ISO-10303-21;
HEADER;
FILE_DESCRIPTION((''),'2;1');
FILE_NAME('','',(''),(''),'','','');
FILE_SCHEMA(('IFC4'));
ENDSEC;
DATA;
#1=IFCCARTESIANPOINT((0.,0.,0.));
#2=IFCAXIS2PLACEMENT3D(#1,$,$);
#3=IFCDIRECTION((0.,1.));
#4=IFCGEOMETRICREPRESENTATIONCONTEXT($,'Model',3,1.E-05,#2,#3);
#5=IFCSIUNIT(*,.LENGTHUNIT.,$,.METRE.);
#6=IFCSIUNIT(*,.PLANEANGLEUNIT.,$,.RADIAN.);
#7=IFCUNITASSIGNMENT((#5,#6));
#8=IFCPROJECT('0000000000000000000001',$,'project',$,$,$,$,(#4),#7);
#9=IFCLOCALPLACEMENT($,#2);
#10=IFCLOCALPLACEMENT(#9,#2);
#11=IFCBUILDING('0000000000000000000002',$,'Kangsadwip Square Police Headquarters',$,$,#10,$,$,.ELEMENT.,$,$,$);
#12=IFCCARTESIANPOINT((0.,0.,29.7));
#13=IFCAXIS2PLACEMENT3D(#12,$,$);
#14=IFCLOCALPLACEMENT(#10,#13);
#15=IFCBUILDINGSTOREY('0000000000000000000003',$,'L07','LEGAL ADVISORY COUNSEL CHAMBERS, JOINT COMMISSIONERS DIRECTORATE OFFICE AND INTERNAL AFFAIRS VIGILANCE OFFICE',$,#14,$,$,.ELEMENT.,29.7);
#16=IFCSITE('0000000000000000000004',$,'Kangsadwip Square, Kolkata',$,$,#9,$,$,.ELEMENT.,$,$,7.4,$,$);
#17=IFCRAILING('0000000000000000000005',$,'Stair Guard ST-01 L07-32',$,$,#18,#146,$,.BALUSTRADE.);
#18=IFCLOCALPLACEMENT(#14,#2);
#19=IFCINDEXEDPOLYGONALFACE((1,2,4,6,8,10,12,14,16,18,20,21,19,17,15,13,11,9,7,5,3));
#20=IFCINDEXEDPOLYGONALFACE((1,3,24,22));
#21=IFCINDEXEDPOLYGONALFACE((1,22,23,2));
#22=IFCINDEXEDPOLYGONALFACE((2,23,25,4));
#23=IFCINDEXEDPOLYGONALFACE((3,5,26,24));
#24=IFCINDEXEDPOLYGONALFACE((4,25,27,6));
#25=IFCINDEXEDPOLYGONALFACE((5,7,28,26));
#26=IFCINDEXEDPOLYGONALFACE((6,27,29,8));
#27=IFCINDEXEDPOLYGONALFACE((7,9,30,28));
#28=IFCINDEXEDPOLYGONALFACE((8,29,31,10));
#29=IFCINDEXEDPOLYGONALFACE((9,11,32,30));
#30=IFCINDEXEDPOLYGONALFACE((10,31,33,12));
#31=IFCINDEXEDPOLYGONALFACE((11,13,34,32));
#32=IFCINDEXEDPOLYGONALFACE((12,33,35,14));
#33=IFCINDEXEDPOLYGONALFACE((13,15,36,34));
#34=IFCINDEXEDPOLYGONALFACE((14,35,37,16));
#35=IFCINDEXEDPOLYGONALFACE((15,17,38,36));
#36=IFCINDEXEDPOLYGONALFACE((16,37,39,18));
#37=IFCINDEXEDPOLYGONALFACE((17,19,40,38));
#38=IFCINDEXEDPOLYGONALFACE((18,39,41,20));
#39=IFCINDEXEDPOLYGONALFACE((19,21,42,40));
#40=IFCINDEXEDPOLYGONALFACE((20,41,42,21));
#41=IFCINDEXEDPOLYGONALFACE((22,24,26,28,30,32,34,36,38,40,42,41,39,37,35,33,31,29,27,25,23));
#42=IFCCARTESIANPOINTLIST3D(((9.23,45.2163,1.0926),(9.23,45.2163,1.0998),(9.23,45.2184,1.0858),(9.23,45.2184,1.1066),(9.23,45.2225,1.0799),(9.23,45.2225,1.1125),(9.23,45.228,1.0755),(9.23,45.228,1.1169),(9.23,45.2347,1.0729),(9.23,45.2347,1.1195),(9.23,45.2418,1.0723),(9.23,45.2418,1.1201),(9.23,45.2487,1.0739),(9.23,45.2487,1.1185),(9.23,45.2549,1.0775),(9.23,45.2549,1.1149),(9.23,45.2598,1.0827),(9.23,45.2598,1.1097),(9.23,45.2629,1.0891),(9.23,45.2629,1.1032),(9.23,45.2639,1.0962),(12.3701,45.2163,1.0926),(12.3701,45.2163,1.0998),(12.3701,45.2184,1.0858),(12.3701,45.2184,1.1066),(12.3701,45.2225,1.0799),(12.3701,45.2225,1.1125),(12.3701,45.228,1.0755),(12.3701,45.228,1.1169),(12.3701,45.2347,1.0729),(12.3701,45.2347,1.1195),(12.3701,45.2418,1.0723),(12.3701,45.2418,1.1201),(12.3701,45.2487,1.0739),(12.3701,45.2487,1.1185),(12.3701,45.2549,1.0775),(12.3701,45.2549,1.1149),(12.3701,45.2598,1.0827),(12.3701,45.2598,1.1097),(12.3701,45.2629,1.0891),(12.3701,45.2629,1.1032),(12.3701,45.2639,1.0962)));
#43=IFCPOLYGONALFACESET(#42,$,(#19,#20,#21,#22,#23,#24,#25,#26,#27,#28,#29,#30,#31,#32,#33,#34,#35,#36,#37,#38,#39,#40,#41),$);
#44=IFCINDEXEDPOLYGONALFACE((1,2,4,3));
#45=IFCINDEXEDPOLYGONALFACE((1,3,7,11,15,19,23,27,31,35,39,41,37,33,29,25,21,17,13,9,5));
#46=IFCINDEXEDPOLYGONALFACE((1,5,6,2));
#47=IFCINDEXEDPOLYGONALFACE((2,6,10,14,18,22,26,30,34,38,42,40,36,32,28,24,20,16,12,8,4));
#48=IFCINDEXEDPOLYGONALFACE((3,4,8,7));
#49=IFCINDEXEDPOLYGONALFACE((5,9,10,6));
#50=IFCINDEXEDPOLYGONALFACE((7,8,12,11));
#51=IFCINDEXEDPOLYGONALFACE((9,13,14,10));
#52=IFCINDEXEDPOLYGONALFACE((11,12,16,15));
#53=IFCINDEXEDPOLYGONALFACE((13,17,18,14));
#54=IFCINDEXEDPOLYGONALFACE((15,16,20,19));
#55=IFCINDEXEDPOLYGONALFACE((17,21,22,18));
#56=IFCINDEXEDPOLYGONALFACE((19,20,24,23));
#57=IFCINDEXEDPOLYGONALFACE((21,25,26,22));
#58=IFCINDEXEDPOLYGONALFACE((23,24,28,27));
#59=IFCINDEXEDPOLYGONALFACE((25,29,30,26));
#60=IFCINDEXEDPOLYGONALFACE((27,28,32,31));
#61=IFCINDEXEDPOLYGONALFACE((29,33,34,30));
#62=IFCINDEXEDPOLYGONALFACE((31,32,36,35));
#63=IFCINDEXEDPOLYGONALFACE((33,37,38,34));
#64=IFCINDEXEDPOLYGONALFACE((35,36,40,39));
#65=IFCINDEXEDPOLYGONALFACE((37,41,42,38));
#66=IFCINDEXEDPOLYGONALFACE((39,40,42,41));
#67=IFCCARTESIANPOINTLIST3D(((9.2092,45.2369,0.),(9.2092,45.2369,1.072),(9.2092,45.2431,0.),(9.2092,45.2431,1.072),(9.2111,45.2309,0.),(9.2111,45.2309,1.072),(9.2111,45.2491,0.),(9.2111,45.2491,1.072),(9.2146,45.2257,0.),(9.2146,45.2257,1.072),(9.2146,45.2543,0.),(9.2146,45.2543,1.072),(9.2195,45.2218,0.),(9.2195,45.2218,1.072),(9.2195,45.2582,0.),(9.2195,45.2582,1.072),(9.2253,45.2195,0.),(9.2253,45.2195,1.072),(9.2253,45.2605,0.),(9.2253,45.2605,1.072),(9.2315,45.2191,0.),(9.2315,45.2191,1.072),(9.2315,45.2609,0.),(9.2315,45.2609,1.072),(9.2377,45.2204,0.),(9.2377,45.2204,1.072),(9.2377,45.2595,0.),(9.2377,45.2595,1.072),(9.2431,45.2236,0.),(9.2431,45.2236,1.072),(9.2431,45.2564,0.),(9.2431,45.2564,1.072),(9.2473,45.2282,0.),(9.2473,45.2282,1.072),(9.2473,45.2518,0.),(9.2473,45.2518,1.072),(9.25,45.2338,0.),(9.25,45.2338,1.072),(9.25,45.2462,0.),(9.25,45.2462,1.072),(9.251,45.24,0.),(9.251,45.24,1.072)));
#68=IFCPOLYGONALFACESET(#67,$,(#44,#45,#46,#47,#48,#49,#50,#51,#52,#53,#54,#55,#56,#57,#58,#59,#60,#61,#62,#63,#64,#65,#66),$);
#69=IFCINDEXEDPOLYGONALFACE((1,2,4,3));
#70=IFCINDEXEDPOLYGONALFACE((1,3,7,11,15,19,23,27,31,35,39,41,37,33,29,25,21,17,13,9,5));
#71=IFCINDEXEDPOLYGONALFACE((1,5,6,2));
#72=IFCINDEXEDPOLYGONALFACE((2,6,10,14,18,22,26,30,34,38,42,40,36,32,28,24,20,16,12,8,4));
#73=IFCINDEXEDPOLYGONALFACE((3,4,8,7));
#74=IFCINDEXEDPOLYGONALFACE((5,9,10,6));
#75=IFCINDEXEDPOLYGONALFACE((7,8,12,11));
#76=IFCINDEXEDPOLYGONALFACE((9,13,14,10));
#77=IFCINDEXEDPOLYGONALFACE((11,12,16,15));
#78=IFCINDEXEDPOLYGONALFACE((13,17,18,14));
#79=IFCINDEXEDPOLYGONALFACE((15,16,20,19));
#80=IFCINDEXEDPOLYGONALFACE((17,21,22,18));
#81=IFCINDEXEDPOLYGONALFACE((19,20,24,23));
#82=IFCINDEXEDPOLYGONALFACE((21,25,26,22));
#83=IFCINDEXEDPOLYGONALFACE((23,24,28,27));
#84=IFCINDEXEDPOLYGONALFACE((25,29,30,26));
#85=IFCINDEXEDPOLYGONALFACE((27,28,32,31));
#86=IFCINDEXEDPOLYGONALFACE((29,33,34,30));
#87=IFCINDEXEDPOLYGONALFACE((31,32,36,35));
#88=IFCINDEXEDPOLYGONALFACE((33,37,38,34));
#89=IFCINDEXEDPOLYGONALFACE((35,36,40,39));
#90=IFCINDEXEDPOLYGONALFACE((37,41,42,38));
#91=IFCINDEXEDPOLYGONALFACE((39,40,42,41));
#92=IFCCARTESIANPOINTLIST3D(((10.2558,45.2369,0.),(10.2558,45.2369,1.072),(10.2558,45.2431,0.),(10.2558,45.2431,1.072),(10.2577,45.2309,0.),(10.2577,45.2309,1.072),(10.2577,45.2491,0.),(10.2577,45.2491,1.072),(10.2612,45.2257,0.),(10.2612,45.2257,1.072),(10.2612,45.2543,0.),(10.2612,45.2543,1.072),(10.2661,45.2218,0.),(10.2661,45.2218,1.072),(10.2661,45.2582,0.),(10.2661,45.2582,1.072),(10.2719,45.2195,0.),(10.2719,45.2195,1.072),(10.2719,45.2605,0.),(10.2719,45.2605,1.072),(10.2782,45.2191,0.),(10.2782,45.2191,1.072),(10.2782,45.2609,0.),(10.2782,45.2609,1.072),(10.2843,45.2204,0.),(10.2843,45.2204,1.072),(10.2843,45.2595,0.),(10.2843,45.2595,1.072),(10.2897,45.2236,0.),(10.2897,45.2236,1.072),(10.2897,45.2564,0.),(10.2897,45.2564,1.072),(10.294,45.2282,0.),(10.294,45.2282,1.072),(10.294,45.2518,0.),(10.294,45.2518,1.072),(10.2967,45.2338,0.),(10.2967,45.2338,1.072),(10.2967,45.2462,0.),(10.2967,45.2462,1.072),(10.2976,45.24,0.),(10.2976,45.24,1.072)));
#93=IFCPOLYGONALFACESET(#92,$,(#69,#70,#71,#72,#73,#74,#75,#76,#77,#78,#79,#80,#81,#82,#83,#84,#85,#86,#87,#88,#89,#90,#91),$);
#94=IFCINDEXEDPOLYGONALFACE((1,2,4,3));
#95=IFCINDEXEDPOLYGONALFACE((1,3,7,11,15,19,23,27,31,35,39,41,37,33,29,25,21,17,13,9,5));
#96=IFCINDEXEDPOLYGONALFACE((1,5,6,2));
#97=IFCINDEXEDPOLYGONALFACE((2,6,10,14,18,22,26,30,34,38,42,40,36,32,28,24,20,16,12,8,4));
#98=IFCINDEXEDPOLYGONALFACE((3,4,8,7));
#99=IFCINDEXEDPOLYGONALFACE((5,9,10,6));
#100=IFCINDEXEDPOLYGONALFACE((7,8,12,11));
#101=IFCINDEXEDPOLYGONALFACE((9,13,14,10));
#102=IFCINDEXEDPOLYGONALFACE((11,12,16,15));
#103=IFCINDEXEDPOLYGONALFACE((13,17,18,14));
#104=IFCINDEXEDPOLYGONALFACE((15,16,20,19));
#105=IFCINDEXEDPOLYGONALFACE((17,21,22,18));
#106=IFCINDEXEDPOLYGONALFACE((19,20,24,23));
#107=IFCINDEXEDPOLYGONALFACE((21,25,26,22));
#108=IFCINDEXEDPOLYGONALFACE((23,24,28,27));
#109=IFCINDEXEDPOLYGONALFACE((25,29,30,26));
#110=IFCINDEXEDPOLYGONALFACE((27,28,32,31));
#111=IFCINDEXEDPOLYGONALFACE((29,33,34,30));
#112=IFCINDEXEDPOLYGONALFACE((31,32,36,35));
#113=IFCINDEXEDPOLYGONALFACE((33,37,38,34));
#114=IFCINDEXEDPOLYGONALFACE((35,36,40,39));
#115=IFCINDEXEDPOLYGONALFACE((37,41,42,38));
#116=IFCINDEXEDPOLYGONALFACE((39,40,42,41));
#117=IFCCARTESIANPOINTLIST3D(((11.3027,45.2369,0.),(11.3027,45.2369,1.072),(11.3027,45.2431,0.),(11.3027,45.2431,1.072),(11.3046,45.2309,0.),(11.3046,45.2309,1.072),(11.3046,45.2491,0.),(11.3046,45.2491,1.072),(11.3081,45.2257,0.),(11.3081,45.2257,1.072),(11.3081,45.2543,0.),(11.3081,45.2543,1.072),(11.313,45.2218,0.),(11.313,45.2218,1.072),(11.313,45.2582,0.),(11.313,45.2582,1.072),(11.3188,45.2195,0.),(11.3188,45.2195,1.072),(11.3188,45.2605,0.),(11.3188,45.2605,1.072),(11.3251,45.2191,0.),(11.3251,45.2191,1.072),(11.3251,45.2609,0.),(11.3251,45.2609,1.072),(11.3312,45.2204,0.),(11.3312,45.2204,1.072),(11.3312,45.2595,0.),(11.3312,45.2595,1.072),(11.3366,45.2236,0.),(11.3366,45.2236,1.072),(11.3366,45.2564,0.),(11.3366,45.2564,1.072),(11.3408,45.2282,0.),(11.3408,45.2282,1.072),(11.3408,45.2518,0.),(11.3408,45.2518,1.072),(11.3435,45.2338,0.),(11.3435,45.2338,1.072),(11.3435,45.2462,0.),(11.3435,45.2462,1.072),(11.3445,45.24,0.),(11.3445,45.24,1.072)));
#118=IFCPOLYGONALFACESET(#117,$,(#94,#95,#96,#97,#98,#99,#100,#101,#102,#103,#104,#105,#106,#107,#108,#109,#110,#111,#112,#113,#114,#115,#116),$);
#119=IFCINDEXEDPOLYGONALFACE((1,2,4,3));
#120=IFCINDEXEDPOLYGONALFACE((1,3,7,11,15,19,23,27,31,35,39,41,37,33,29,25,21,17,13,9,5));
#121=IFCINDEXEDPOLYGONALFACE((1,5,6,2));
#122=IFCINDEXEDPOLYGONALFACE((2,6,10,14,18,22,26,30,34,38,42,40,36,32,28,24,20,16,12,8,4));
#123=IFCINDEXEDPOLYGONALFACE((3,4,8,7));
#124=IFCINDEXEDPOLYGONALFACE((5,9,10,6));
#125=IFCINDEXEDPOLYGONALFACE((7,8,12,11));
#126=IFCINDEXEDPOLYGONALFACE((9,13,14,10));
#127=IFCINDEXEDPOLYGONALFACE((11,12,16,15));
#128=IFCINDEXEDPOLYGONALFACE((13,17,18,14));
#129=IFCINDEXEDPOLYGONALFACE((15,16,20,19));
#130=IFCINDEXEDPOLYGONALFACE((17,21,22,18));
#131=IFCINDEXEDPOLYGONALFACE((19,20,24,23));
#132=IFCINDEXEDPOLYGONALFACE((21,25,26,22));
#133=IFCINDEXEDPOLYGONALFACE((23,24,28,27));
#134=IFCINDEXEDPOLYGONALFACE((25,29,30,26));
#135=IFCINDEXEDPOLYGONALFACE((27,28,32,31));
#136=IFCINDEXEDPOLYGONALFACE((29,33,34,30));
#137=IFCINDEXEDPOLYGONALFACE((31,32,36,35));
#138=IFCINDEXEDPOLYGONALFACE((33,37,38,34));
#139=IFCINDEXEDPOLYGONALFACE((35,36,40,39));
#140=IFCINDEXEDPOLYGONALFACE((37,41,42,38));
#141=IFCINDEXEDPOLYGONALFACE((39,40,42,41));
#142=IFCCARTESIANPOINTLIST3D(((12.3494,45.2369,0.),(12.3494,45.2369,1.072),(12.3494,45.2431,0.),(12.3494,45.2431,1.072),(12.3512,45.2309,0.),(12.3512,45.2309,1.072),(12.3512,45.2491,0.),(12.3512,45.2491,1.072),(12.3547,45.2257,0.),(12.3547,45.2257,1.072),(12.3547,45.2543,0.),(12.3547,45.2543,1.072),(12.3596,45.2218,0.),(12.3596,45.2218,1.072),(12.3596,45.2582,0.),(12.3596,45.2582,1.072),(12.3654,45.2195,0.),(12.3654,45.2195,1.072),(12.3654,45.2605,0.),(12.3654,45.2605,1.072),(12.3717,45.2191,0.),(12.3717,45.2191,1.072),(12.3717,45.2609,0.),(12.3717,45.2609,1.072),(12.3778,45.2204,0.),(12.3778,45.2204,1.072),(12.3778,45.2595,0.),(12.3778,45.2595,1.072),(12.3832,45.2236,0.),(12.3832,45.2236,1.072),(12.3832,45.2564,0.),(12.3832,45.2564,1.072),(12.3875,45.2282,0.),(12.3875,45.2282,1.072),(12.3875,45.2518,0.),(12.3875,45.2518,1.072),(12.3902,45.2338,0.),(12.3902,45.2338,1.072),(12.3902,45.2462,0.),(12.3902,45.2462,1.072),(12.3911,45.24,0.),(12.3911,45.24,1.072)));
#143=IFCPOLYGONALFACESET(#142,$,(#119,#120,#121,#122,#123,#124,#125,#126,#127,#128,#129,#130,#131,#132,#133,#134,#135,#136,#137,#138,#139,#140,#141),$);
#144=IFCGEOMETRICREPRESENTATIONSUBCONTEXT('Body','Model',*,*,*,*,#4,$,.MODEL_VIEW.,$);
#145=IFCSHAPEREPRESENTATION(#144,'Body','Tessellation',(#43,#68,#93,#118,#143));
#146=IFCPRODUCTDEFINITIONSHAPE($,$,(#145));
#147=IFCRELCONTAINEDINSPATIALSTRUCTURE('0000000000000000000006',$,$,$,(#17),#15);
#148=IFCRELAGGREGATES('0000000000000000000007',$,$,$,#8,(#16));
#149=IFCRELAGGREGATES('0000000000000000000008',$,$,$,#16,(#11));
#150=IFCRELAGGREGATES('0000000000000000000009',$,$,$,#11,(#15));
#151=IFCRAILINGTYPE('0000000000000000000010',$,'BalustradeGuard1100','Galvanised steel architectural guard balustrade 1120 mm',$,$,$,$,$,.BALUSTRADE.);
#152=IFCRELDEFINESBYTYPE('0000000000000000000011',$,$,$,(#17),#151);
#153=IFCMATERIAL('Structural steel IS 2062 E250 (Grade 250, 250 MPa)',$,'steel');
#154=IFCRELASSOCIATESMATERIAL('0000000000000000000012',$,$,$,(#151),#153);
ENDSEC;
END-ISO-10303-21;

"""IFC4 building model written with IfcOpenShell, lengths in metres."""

from ifc_helpers import new_model, si_unit, direction, frame, origin, origin_2d, place, context, subcontext, project, spatial, circle, extrude, material, type_object, element, save


model = new_model("IFC4")

# Units and contexts
model_context = context("Model", 3, precision=1e-05, world=origin(), true_north=direction((0.0, 1.0)))
body_context = subcontext(model_context, "Body", "Model", "MODEL_VIEW")
ifc_project = project(units=[si_unit("LENGTHUNIT", "METRE"), si_unit("PLANEANGLEUNIT", "RADIAN")], contexts=[model_context])

# Site, building, storey
site_placement = place(None, origin())
site = spatial("IfcSite", under=ifc_project, at=site_placement, Name="Kangsadwip Square, Kolkata", CompositionType="ELEMENT", RefElevation=7.4)
building_placement = place(site_placement, origin())
building = spatial("IfcBuilding", under=site, at=building_placement, Name="Kangsadwip Square Police Headquarters", CompositionType="ELEMENT")
storey_placement = place(building_placement, frame((0.0, 0.0, 29.7)))
storey = spatial("IfcBuildingStorey", under=building, at=storey_placement, Name="L07", Description="LEGAL ADVISORY COUNSEL CHAMBERS, JOINT COMMISSIONERS DIRECTORATE OFFICE AND INTERNAL AFFAIRS VIGILANCE OFFICE", CompositionType="ELEMENT", Elevation=29.7)

# Railing
ifc_material_1 = material(Name="Structural steel IS 2062 E250 (Grade 250, 250 MPa)", Category="steel")
railing_type_1 = type_object("IfcRailingType", Name="BalustradeGuard1100", Description="Galvanised steel architectural guard balustrade 1120 mm", PredefinedType="BALUSTRADE", material=ifc_material_1)
for number, where, name in (
    (1, (9.23, 45.24, 0.0), "Stair Guard ST-01 L07-32"),
):
    element("IfcRailing", number, at=place(storey_placement, frame(where)), inside=storey, type_object=railing_type_1, Name=name, PredefinedType="BALUSTRADE", context=body_context, shape_type="SweptSolid", body=[
        extrude(circle(Radius=0.0239, at=origin_2d()), frame((0.0, 0.0, 1.0962), z_axis=(1.0, 0.0, 0.0), x_axis=(0.0, 1.0, 0.0)), (0.0, 0.0, 1.0), 3.1401),
        extrude(circle(Radius=0.021, at=origin_2d()), origin(), (0.0, 0.0, 1.0), 1.072),
        extrude(circle(Radius=0.021, at=origin_2d()), frame((1.0466, 0.0, 0.0)), (0.0, 0.0, 1.0), 1.072),
        extrude(circle(Radius=0.021, at=origin_2d()), frame((2.0935, 0.0, 0.0)), (0.0, 0.0, 1.0), 1.072),
        extrude(circle(Radius=0.021, at=origin_2d()), frame((3.1401, 0.0, 0.0)), (0.0, 0.0, 1.0), 1.072),
    ])

save(model, "model.ifc")
